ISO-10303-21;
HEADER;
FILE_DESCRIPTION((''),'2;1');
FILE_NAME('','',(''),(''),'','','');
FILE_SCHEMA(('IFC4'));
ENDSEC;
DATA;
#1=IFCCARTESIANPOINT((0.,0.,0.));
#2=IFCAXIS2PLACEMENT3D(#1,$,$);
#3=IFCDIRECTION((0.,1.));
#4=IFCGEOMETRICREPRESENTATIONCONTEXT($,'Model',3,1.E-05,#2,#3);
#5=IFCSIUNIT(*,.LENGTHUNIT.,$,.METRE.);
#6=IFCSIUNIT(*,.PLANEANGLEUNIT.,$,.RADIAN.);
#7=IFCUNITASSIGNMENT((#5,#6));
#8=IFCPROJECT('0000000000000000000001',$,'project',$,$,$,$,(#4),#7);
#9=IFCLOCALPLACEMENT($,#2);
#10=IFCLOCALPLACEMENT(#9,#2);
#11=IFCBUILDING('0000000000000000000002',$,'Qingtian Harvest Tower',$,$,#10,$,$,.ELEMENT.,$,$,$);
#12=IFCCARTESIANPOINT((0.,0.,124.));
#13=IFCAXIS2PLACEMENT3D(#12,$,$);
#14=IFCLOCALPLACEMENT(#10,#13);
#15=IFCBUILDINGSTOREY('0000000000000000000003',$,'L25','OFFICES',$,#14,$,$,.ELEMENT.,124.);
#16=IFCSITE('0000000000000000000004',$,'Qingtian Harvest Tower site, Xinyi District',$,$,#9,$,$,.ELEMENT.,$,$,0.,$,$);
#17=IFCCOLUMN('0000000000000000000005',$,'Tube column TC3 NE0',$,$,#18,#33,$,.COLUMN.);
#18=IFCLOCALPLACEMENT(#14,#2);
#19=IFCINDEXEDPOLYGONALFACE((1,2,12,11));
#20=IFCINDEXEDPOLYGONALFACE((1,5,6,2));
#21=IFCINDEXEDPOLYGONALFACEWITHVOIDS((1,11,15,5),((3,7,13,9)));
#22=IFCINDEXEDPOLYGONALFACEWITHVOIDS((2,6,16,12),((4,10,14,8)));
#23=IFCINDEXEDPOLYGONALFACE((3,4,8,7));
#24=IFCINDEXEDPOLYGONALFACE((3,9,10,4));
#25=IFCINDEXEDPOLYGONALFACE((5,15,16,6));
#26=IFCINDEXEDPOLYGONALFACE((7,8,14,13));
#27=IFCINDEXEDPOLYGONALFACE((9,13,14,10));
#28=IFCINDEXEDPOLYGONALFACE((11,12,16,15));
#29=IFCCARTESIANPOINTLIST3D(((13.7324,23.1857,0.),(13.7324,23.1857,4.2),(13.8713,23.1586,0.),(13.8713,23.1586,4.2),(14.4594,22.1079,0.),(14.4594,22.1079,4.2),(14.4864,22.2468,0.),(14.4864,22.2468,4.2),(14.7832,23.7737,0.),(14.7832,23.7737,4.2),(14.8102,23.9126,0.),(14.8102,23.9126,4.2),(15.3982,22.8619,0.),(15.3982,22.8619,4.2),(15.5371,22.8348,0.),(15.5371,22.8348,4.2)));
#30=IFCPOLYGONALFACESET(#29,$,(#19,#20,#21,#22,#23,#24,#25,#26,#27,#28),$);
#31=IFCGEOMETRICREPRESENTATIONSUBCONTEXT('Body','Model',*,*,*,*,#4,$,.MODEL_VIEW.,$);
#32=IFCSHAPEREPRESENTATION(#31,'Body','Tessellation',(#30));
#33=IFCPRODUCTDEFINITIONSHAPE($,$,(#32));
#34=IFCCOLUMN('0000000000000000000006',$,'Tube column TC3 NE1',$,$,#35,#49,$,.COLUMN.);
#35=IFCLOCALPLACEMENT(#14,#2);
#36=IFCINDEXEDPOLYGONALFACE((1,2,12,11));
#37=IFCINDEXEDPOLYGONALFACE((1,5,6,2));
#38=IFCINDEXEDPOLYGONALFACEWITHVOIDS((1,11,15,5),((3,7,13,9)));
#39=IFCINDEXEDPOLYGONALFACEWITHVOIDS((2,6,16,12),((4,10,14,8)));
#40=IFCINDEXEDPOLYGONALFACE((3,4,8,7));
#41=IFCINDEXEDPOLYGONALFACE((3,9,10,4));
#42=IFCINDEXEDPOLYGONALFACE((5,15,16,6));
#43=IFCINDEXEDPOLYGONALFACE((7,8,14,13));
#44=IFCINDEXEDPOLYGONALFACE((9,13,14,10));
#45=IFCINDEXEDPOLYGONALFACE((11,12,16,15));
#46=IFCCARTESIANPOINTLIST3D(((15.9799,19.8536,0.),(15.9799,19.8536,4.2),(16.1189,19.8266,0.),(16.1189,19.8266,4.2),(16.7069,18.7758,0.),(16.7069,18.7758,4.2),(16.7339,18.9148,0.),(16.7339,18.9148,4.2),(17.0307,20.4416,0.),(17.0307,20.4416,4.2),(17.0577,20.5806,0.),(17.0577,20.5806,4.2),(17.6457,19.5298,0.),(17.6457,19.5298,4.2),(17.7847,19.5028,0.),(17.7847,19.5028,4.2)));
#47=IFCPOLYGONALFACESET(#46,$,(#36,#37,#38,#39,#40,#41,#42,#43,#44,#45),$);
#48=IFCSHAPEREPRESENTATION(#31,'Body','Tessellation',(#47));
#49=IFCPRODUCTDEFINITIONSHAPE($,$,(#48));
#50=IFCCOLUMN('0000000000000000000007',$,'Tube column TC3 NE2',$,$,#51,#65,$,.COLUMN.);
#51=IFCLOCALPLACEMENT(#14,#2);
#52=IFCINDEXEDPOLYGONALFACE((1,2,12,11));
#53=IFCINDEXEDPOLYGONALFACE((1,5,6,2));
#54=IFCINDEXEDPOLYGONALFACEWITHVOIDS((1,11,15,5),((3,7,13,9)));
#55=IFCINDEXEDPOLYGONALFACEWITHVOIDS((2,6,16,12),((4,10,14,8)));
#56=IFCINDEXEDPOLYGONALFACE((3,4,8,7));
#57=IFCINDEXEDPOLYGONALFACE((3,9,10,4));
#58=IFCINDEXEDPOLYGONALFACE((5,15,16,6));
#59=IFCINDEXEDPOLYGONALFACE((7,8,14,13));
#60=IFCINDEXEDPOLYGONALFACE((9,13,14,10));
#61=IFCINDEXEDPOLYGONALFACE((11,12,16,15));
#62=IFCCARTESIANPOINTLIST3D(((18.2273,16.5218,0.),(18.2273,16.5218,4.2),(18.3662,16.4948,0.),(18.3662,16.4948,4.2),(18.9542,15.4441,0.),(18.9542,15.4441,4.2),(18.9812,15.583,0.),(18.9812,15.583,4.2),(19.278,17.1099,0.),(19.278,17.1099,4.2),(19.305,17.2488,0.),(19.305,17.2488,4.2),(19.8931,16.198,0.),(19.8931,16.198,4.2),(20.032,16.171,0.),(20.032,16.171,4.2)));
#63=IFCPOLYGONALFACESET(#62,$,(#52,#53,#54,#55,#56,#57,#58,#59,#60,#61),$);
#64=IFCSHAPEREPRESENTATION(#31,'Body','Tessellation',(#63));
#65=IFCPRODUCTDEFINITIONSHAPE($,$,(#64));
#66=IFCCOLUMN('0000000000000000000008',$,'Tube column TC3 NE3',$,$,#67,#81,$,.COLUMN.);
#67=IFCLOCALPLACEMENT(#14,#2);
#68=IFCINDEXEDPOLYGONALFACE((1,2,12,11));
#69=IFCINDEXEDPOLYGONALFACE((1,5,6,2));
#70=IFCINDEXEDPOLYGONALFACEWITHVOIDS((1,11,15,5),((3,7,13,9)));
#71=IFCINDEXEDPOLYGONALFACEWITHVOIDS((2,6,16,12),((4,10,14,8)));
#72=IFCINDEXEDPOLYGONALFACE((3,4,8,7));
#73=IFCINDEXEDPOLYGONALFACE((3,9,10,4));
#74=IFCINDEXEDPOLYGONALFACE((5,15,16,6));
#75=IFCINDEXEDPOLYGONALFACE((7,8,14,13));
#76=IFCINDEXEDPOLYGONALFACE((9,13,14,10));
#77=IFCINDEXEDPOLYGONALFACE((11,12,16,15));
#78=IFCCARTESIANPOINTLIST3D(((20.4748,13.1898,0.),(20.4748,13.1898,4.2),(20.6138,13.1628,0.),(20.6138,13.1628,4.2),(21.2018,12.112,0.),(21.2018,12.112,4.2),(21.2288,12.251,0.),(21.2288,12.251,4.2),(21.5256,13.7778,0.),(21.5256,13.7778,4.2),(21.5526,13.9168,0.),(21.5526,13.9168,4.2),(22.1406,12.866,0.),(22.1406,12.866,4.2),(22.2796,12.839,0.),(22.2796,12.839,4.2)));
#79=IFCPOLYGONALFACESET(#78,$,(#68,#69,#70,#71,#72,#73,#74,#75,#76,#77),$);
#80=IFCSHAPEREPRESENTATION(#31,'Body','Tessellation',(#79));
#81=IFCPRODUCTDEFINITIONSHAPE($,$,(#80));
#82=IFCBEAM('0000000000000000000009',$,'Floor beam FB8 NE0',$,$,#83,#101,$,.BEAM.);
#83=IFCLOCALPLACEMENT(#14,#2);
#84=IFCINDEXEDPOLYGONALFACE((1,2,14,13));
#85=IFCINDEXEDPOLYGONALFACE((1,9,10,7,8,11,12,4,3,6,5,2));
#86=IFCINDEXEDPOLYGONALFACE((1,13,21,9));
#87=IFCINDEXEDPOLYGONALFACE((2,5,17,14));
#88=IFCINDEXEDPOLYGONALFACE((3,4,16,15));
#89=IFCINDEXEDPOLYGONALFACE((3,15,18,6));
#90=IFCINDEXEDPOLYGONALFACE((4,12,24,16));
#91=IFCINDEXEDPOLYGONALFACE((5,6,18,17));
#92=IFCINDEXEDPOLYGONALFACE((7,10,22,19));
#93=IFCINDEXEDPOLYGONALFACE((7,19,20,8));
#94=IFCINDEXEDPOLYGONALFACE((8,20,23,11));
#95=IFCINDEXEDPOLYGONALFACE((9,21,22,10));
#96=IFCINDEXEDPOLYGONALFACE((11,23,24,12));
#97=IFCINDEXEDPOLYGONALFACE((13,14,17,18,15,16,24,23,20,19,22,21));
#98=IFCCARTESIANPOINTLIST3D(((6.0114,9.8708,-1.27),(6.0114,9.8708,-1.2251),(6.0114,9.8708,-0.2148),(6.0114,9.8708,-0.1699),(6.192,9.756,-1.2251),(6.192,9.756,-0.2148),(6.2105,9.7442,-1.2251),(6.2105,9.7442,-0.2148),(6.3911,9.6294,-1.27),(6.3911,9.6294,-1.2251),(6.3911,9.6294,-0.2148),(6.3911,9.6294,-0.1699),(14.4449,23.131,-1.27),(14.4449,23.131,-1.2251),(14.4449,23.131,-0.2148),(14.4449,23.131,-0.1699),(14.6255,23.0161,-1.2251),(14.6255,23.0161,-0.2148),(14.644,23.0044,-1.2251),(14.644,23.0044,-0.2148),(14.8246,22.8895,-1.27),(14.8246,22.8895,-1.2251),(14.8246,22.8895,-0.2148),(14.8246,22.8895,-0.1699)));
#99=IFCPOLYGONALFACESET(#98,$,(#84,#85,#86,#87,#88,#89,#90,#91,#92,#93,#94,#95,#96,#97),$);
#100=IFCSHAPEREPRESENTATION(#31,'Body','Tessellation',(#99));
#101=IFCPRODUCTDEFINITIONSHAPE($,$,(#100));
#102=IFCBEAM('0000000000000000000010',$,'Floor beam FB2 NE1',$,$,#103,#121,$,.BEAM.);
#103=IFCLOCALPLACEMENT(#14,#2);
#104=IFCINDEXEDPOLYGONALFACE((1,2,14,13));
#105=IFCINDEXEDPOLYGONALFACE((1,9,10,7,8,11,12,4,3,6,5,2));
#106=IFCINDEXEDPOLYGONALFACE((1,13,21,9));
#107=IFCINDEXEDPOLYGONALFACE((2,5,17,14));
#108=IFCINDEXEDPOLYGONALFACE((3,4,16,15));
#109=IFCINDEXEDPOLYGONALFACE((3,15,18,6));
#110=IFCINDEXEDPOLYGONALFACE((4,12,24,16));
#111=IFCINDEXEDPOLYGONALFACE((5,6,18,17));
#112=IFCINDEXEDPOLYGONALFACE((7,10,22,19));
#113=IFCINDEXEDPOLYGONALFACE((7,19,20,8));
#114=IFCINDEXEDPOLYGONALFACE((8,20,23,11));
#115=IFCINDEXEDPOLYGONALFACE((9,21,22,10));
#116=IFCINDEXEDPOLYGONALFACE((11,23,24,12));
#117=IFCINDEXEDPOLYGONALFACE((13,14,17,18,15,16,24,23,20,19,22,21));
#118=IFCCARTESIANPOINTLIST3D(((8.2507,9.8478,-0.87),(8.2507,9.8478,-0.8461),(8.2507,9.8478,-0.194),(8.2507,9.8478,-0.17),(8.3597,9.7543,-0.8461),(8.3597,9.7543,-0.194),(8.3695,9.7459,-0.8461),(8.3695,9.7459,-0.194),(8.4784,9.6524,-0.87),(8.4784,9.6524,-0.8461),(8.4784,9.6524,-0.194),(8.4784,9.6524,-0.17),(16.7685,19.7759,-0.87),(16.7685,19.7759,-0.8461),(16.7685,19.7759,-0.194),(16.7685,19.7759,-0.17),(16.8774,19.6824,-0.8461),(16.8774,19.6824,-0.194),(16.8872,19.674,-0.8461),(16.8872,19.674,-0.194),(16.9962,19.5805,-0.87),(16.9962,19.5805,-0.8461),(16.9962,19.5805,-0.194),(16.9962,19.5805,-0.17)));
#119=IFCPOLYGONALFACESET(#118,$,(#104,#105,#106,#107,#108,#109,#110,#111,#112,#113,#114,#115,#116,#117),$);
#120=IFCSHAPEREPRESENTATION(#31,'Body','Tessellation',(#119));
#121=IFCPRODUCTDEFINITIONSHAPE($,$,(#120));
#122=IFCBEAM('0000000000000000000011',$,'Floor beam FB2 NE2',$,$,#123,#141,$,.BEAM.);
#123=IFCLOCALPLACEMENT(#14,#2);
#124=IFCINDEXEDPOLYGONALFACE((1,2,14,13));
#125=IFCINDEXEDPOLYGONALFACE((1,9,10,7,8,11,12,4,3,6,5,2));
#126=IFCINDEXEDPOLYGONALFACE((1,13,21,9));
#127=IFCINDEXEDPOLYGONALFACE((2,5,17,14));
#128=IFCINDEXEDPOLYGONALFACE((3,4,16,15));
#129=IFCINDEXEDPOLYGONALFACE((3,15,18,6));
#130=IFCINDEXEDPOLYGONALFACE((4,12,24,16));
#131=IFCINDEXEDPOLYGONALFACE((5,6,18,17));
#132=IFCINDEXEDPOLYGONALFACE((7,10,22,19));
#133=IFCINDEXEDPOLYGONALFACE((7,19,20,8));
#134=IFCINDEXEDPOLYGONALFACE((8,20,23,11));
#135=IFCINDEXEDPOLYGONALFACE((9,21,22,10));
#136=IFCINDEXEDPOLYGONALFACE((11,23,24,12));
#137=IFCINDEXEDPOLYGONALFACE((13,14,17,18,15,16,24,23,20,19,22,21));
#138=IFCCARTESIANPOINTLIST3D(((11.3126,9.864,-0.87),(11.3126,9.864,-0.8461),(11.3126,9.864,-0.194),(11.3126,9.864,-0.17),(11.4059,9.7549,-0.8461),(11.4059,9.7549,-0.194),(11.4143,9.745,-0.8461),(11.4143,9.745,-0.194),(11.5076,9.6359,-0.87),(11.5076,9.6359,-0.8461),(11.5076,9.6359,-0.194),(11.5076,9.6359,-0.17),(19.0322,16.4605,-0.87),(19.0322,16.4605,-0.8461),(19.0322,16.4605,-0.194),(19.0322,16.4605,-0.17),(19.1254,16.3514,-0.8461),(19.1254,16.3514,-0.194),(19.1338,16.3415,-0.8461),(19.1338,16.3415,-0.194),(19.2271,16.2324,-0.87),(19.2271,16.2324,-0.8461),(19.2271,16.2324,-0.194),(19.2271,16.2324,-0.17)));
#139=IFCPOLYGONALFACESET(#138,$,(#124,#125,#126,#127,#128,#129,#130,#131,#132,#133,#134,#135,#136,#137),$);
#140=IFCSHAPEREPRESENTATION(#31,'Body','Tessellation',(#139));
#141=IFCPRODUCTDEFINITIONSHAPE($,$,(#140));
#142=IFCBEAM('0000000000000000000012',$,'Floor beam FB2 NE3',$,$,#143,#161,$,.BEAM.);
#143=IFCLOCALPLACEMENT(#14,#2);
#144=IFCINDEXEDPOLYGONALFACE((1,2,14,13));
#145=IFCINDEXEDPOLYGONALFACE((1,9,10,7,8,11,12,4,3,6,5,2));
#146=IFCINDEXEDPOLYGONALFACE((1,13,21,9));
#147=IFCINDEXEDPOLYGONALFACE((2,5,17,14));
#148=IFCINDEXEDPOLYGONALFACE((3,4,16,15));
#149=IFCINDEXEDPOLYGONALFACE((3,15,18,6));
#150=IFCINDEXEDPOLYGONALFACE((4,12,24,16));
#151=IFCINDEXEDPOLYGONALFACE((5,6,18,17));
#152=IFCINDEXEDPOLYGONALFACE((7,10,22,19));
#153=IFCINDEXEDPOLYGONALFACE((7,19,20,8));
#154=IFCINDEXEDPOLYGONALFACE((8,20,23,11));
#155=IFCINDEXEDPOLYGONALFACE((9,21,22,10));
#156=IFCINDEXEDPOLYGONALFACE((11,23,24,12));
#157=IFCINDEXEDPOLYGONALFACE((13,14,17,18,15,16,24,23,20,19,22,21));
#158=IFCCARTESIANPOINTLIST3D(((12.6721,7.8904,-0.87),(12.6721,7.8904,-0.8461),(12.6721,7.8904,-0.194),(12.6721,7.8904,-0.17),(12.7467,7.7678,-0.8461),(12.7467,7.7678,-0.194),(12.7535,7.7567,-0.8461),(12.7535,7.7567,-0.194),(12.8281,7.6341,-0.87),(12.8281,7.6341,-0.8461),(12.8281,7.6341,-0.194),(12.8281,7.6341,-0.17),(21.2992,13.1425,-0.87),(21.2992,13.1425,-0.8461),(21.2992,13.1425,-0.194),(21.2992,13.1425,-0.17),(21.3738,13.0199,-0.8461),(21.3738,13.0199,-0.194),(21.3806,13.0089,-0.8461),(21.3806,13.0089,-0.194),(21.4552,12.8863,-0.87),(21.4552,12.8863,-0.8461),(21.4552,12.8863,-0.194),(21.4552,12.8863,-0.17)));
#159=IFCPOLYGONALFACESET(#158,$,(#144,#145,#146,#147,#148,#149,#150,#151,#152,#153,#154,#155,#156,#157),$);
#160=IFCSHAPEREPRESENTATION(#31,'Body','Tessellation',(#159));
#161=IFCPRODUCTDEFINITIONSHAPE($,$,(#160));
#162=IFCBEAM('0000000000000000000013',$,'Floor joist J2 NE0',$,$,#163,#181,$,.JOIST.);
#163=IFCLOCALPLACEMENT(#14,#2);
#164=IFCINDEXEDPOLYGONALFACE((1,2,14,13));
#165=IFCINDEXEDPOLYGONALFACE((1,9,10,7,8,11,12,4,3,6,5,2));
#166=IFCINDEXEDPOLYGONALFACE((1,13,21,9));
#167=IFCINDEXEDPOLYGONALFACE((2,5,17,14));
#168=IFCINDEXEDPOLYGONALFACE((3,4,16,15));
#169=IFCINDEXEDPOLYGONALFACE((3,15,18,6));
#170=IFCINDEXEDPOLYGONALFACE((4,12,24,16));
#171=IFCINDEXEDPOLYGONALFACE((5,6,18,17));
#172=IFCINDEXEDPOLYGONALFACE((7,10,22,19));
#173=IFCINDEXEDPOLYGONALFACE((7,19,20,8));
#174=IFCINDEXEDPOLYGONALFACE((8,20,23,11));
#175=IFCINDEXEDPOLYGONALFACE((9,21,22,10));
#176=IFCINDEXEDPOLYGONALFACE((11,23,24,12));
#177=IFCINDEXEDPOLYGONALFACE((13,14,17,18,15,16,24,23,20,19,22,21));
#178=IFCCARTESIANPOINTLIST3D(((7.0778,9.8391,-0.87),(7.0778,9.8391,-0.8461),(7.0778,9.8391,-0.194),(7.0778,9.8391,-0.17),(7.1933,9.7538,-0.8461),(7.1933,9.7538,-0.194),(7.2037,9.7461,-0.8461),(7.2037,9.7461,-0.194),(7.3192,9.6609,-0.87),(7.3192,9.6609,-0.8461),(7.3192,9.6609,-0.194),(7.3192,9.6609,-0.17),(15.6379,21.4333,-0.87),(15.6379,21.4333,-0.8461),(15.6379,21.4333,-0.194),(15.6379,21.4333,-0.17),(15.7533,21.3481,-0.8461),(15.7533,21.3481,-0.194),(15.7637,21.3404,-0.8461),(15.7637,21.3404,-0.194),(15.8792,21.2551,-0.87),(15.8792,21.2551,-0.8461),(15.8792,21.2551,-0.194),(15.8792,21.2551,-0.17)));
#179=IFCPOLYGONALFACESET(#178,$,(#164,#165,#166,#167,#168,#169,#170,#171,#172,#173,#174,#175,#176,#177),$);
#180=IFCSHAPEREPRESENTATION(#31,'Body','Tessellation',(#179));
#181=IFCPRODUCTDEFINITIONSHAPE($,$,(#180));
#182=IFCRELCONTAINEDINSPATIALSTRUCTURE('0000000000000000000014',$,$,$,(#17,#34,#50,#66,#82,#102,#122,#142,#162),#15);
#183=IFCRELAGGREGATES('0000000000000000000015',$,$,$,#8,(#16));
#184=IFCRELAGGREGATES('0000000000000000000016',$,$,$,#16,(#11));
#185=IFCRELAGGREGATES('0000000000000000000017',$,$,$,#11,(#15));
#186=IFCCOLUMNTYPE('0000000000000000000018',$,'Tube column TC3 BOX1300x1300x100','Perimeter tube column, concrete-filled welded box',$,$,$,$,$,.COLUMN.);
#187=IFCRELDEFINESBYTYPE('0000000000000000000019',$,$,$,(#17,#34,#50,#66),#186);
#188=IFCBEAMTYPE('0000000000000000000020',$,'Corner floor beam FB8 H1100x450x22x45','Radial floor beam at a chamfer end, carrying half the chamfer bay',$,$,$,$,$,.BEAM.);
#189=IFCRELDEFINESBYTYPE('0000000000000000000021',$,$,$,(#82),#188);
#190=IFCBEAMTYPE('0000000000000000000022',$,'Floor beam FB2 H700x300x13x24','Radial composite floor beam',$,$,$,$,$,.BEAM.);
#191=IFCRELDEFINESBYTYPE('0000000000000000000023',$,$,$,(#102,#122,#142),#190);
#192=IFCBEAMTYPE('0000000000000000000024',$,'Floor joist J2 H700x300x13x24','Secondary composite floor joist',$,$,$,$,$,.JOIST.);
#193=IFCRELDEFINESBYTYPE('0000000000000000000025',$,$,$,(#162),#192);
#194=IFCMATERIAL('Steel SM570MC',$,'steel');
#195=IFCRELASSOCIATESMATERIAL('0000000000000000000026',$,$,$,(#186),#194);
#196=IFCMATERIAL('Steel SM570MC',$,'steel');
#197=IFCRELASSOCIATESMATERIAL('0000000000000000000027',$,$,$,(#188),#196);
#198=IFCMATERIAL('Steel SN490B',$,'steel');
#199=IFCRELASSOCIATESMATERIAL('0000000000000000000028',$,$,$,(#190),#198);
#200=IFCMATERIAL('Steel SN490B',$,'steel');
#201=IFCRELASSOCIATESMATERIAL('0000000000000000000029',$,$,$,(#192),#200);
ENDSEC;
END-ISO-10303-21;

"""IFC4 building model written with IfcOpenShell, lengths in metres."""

from ifc_helpers import new_model, si_unit, direction, frame, origin, origin_2d, place, context, subcontext, project, spatial, hollow_rectangle, i_section, extrude, material, material_profile, profile_set, type_object, element, save


model = new_model("IFC4")

# Units and contexts
model_context = context("Model", 3, precision=1e-05, world=origin(), true_north=direction((0.0, 1.0)))
body_context = subcontext(model_context, "Body", "Model", "MODEL_VIEW")
ifc_project = project(units=[si_unit("LENGTHUNIT", "METRE"), si_unit("PLANEANGLEUNIT", "RADIAN")], contexts=[model_context])

# Site, building, storey
site_placement = place(None, origin())
site = spatial("IfcSite", under=ifc_project, at=site_placement, Name="Qingtian Harvest Tower site, Xinyi District", CompositionType="ELEMENT", RefElevation=0.0)
building_placement = place(site_placement, origin())
building = spatial("IfcBuilding", under=site, at=building_placement, Name="Qingtian Harvest Tower", CompositionType="ELEMENT")
storey_placement = place(building_placement, frame((0.0, 0.0, 124.0)))
storey = spatial("IfcBuildingStorey", under=building, at=storey_placement, Name="L25", Description="OFFICES", CompositionType="ELEMENT", Elevation=124.0)

# Columns
ifc_material_1 = material(Name="Steel SM570MC", Category="steel")
ifc_material_profile_1 = material_profile(ifc_material_1, hollow_rectangle(XDim=1.3, YDim=1.3, WallThickness=0.1001, at=origin_2d()), Name="BOX1300x1300x100")
ifc_profile_set_1 = profile_set([ifc_material_profile_1], Name="Steel SM570MC")
column_type = type_object("IfcColumnType", Name="Tube column TC3 BOX1300x1300x100", Description="Perimeter tube column, concrete-filled welded box", PredefinedType="COLUMN", material=ifc_profile_set_1)
for number, where, z_axis, x_axis, name in (
    (1, (14.6348, 23.0103, 0.0), (0.0, 0.0, 1.0), (-0.559193, 0.829038, 0.0), "Tube column TC3 NE0"),
    (2, (16.8823, 19.6782, 0.0), (0.0, 0.0, 1.0), (-0.559193, 0.829038, 0.0), "Tube column TC3 NE1"),
    (3, (19.1296, 16.3464, 0.0), (0.0, 0.0, 1.0), (-0.559193, 0.829038, 0.0), "Tube column TC3 NE2"),
    (4, (21.3772, 13.0144, 0.0), (0.0, 0.0, 1.0), (-0.559193, 0.829038, 0.0), "Tube column TC3 NE3"),
):
    element("IfcColumn", number, at=place(storey_placement, frame(where, z_axis=z_axis, x_axis=x_axis)), inside=storey, type_object=column_type, Name=name, PredefinedType="COLUMN", context=body_context, shape_type="SweptSolid", body=[
        extrude(hollow_rectangle(XDim=1.3, YDim=1.3, WallThickness=0.1001, at=origin_2d()), origin(), (0.0, 0.0, 1.0), 4.2),
    ])

# Beams
ifc_material_2 = material(Name="Steel SM570MC", Category="steel")
ifc_material_profile_2 = material_profile(ifc_material_2, i_section(OverallWidth=0.45, OverallDepth=1.1001, WebThickness=0.022, FlangeThickness=0.0449, at=origin_2d()), Name="H1100x450x22x45")
ifc_profile_set_2 = profile_set([ifc_material_profile_2], Name="Steel SM570MC")
beam_type_1 = type_object("IfcBeamType", Name="Corner floor beam FB8 H1100x450x22x45", Description="Radial floor beam at a chamfer end, carrying half the chamfer bay", PredefinedType="BEAM", material=ifc_profile_set_2)
beam_1_placement = place(storey_placement, frame((14.6348, 23.0103, -0.72), z_axis=(-0.53666, -0.843798, 0.0), x_axis=(0.843798, -0.53666, 0.0)))
element("IfcBeam", 5, at=beam_1_placement, inside=storey, type_object=beam_type_1, Name="Floor beam FB8 NE0", PredefinedType="BEAM", context=body_context, shape_type="SweptSolid", body=[
    extrude(i_section(OverallWidth=0.45, OverallDepth=1.1001, WebThickness=0.022, FlangeThickness=0.0449, at=origin_2d()), origin(), (0.0, 0.0, 1.0), 15.7148),
])
ifc_material_3 = material(Name="Steel SN490B", Category="steel")
ifc_material_profile_3 = material_profile(ifc_material_3, i_section(OverallWidth=0.3, OverallDepth=0.7, WebThickness=0.0129, FlangeThickness=0.0239, at=origin_2d()), Name="H700x300x13x24")
ifc_profile_set_3 = profile_set([ifc_material_profile_3], Name="Steel SN490B")
beam_type_2 = type_object("IfcBeamType", Name="Floor beam FB2 H700x300x13x24", Description="Radial composite floor beam", PredefinedType="BEAM", material=ifc_profile_set_3)
beam_2_placement = place(storey_placement, frame((16.8823, 19.6782, -0.52), z_axis=(-0.65114, -0.758957, 0.0), x_axis=(0.758957, -0.65114, 0.0)))
element("IfcBeam", 6, at=beam_2_placement, inside=storey, type_object=beam_type_2, Name="Floor beam FB2 NE1", PredefinedType="BEAM", context=body_context, shape_type="SweptSolid", body=[
    extrude(i_section(OverallWidth=0.3, OverallDepth=0.7, WebThickness=0.0129, FlangeThickness=0.0239, at=origin_2d()), origin(), (0.0, 0.0, 1.0), 13.0813),
])
beam_3_placement = place(storey_placement, frame((19.1296, 16.3464, -0.52), z_axis=(-0.760242, -0.64964, 0.0), x_axis=(0.64964, -0.760242, 0.0)))
element("IfcBeam", 7, at=beam_3_placement, inside=storey, type_object=beam_type_2, Name="Floor beam FB2 NE2", PredefinedType="BEAM", context=body_context, shape_type="SweptSolid", body=[
    extrude(i_section(OverallWidth=0.3, OverallDepth=0.7, WebThickness=0.0129, FlangeThickness=0.0239, at=origin_2d()), origin(), (0.0, 0.0, 1.0), 10.1541),
])
beam_4_placement = place(storey_placement, frame((21.3772, 13.0144, -0.52), z_axis=(-0.854161, -0.520009, 0.0), x_axis=(0.520009, -0.854161, 0.0)))
element("IfcBeam", 8, at=beam_4_placement, inside=storey, type_object=beam_type_2, Name="Floor beam FB2 NE3", PredefinedType="BEAM", context=body_context, shape_type="SweptSolid", body=[
    extrude(i_section(OverallWidth=0.3, OverallDepth=0.7, WebThickness=0.0129, FlangeThickness=0.0239, at=origin_2d()), origin(), (0.0, 0.0, 1.0), 10.1001),
])
ifc_material_4 = material(Name="Steel SN490B", Category="steel")
ifc_material_profile_4 = material_profile(ifc_material_4, i_section(OverallWidth=0.3, OverallDepth=0.7, WebThickness=0.0129, FlangeThickness=0.0239, at=origin_2d()), Name="H700x300x13x24")
ifc_profile_set_4 = profile_set([ifc_material_profile_4], Name="Steel SN490B")
beam_type_3 = type_object("IfcBeamType", Name="Floor joist J2 H700x300x13x24", Description="Secondary composite floor joist", PredefinedType="JOIST", material=ifc_profile_set_4)
beam_5_placement = place(storey_placement, frame((15.7585, 21.3442, -0.52), z_axis=(-0.59396, -0.804494, 0.0), x_axis=(0.804494, -0.59396, 0.0)))
element("IfcBeam", 9, at=beam_5_placement, inside=storey, type_object=beam_type_3, Name="Floor joist J2 NE0", PredefinedType="JOIST", context=body_context, shape_type="SweptSolid", body=[
    extrude(i_section(OverallWidth=0.3, OverallDepth=0.7, WebThickness=0.0129, FlangeThickness=0.0239, at=origin_2d()), origin(), (0.0, 0.0, 1.0), 14.4119),
])

save(model, "model.ifc")
